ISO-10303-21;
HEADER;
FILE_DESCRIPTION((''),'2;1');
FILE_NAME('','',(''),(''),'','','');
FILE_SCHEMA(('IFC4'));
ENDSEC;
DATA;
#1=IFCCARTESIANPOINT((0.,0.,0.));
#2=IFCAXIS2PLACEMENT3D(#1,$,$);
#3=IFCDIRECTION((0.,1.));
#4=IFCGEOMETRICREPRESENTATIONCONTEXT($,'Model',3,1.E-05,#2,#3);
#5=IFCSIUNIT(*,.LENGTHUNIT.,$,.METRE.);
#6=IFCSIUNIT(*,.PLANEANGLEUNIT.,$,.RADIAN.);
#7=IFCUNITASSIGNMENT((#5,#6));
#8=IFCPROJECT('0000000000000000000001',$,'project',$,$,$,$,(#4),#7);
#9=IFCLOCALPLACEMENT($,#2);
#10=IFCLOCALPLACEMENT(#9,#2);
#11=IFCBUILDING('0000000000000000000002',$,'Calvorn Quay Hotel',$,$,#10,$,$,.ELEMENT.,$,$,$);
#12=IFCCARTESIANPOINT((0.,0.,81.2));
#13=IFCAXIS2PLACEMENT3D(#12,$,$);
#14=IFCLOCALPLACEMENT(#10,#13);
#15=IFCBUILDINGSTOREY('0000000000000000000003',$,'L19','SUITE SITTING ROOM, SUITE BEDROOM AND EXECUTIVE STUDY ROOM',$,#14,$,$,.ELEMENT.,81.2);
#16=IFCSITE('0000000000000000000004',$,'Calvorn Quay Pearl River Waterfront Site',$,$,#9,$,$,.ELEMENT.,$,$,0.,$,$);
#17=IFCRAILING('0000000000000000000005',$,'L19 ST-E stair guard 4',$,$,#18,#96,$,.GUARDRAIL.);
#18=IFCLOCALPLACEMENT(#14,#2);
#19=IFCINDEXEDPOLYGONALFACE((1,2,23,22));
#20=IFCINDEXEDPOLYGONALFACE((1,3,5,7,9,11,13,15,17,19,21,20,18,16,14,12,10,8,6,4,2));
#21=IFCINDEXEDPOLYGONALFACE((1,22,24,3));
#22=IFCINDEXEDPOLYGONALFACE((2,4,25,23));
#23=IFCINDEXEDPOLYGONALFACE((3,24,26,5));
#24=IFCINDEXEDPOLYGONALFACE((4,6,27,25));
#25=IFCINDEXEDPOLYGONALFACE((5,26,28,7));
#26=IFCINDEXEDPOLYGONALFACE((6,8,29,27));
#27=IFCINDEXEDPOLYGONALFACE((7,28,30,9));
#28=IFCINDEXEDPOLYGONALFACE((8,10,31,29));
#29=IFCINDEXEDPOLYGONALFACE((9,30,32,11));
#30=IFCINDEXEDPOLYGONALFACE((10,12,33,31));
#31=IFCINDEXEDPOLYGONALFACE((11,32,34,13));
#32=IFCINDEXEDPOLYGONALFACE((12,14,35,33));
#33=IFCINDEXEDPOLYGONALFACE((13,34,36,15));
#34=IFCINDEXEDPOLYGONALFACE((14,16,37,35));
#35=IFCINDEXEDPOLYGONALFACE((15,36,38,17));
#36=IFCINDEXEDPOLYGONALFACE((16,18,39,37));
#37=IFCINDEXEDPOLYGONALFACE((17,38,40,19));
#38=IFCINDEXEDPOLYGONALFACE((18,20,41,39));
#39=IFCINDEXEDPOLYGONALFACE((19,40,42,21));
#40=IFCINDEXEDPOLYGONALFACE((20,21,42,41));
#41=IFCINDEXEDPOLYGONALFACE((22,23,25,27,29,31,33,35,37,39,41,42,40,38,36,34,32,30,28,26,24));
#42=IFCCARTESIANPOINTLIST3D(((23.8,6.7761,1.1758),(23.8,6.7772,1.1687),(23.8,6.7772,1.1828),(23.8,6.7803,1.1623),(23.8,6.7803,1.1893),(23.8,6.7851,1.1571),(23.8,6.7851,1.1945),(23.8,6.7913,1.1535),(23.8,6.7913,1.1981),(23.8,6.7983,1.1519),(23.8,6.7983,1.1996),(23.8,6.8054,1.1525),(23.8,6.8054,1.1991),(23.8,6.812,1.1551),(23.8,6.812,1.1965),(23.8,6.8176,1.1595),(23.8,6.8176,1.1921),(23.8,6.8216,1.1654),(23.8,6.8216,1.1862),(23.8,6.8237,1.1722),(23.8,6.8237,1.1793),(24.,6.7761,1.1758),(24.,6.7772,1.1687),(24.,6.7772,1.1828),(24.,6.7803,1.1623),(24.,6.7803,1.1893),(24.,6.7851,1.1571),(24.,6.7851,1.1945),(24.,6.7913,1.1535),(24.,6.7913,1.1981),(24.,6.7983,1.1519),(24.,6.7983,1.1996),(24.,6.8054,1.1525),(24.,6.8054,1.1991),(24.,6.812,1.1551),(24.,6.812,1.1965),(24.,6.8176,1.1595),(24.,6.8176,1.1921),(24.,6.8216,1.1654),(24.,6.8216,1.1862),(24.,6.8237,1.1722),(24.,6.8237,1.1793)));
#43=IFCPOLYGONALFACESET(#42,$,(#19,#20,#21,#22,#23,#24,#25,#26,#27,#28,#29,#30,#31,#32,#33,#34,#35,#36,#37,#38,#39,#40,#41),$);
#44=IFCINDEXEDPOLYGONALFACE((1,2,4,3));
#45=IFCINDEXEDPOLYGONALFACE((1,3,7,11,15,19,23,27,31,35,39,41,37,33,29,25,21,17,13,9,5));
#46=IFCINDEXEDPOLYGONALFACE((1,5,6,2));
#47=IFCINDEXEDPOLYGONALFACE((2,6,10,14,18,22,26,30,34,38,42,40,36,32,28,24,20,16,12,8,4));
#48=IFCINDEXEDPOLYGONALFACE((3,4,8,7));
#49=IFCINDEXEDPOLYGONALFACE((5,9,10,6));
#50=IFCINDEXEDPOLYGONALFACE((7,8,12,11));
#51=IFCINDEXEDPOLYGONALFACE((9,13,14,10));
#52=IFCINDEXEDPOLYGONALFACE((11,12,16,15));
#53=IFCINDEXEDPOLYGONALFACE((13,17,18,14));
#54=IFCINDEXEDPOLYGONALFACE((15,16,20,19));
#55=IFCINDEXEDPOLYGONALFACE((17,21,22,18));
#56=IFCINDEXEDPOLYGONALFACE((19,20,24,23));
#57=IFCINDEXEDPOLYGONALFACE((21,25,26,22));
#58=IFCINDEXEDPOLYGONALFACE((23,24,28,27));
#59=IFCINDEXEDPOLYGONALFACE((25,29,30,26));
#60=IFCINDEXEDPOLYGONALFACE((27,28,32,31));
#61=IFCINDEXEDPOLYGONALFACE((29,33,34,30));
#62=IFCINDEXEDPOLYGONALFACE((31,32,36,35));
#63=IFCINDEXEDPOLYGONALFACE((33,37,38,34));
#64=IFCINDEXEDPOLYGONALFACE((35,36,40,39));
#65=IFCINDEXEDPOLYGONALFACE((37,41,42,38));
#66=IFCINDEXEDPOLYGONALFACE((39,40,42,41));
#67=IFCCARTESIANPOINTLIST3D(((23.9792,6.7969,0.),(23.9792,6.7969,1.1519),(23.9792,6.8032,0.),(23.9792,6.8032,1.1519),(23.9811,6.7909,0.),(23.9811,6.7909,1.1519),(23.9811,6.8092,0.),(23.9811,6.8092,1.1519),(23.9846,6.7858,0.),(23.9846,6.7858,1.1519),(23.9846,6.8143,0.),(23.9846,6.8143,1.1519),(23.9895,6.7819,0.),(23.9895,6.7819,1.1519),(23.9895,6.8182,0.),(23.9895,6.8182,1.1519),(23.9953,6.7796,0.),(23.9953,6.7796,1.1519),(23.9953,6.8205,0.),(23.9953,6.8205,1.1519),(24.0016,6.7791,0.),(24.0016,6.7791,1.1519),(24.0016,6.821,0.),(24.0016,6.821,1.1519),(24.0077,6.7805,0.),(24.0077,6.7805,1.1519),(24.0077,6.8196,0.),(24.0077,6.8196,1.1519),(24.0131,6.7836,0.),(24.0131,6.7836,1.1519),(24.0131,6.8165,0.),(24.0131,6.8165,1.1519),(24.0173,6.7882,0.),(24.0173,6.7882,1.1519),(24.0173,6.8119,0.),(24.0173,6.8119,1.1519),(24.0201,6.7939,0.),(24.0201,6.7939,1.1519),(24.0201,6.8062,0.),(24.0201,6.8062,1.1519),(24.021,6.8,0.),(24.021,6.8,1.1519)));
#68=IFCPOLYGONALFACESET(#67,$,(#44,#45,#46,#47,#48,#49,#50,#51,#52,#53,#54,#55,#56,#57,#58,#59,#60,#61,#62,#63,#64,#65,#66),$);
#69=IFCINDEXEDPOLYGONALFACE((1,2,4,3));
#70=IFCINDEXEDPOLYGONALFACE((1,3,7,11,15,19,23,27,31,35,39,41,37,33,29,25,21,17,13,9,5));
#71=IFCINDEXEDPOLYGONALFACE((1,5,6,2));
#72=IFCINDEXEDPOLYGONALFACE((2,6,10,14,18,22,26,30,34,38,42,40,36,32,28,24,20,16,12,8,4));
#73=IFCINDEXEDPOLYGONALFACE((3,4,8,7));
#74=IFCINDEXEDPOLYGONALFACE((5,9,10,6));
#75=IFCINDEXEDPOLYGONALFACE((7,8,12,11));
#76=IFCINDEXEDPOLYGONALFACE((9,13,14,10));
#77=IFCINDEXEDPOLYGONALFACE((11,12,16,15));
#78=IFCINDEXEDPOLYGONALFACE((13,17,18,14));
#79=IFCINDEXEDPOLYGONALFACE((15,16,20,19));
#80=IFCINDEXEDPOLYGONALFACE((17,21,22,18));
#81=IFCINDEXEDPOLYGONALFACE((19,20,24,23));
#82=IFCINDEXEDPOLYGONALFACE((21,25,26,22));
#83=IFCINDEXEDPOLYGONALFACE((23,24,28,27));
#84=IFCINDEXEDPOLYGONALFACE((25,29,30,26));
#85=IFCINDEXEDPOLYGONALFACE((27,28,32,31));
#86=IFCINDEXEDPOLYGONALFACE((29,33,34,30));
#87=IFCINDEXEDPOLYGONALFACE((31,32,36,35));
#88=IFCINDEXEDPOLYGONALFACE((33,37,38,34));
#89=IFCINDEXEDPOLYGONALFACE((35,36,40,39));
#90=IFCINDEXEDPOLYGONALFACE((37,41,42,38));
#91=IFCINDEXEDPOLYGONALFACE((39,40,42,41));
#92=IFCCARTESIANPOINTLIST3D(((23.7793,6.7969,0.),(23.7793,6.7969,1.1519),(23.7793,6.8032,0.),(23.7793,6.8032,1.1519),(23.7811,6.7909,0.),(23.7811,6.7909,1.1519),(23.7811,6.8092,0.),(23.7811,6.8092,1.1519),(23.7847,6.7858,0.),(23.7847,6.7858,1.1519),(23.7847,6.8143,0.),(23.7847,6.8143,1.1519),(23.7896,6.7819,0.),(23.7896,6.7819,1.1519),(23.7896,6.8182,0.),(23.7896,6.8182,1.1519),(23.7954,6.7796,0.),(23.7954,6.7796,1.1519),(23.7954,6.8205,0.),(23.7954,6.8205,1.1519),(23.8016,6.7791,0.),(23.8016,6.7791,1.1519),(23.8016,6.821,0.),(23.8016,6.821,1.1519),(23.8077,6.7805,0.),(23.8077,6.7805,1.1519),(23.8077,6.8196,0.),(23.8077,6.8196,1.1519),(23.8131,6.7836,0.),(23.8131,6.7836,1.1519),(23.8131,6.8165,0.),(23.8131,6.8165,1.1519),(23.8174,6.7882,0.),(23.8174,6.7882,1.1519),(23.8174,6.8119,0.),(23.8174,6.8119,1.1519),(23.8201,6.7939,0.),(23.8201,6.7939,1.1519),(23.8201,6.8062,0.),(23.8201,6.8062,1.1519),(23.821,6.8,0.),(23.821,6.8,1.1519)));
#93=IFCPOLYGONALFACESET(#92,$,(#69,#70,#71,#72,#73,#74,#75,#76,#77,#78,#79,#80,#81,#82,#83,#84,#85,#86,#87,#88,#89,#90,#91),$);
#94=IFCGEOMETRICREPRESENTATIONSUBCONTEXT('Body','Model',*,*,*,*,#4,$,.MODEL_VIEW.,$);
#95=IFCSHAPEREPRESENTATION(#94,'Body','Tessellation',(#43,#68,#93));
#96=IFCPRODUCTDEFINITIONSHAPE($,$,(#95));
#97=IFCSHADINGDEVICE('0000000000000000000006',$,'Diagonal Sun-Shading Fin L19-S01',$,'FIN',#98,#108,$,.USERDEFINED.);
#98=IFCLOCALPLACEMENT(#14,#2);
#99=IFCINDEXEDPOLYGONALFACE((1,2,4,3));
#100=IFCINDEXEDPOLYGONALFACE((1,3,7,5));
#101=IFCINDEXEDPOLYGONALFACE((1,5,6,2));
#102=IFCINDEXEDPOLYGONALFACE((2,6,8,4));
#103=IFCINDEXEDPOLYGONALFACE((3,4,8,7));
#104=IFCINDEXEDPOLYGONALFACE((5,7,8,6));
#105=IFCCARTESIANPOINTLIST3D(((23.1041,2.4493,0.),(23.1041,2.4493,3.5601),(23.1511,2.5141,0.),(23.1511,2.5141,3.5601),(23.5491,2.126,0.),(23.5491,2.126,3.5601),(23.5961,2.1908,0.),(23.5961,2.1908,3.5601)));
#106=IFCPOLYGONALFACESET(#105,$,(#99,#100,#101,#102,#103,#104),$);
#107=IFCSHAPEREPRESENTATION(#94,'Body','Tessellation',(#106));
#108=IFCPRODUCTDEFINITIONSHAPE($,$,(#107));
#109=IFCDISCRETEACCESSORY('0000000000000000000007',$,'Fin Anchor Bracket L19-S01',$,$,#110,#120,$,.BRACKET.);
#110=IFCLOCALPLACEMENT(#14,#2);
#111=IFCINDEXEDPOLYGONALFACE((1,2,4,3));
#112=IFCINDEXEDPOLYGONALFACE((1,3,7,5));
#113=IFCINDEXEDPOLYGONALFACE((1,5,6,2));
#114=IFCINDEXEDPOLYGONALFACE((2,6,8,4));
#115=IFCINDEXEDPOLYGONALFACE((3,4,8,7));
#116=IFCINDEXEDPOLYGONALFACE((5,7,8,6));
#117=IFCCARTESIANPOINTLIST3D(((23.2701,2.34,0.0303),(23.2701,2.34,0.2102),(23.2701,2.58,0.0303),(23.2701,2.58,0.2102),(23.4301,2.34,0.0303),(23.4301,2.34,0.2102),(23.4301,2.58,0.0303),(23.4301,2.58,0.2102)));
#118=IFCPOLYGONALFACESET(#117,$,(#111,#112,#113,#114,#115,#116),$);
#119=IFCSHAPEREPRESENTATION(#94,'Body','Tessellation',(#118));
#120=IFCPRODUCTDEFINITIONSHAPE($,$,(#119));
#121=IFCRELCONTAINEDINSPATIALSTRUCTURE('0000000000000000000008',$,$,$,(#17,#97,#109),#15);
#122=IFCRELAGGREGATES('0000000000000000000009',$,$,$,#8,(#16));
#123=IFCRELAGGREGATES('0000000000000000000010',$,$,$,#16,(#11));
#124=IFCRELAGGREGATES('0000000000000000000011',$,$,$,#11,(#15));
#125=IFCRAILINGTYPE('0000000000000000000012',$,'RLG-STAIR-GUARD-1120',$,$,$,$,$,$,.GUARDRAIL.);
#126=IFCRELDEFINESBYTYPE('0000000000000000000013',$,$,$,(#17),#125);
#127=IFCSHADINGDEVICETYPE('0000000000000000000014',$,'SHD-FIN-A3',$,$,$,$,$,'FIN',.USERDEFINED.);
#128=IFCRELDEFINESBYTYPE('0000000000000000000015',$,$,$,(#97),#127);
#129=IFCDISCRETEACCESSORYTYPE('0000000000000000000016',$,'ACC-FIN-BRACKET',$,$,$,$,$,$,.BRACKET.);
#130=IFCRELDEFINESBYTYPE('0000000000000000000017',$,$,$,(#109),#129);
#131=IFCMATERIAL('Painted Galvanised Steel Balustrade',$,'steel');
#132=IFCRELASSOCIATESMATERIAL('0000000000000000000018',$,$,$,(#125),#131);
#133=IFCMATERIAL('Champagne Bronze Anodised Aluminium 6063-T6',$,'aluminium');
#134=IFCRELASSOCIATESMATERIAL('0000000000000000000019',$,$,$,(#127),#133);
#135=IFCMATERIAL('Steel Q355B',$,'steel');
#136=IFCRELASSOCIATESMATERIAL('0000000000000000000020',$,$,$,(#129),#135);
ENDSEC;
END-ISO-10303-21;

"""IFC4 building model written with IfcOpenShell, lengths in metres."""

from ifc_helpers import new_model, si_unit, direction, frame, origin, origin_2d, place, context, subcontext, project, spatial, rectangle, circle, extrude, material, type_object, element, save


model = new_model("IFC4")

# Units and contexts
model_context = context("Model", 3, precision=1e-05, world=origin(), true_north=direction((0.0, 1.0)))
body_context = subcontext(model_context, "Body", "Model", "MODEL_VIEW")
ifc_project = project(units=[si_unit("LENGTHUNIT", "METRE"), si_unit("PLANEANGLEUNIT", "RADIAN")], contexts=[model_context])

# Site, building, storey
site_placement = place(None, origin())
site = spatial("IfcSite", under=ifc_project, at=site_placement, Name="Calvorn Quay Pearl River Waterfront Site", CompositionType="ELEMENT", RefElevation=0.0)
building_placement = place(site_placement, origin())
building = spatial("IfcBuilding", under=site, at=building_placement, Name="Calvorn Quay Hotel", CompositionType="ELEMENT")
storey_placement = place(building_placement, frame((0.0, 0.0, 81.2)))
storey = spatial("IfcBuildingStorey", under=building, at=storey_placement, Name="L19", Description="SUITE SITTING ROOM, SUITE BEDROOM AND EXECUTIVE STUDY ROOM", CompositionType="ELEMENT", Elevation=81.2)

# Railing
ifc_material_1 = material(Name="Painted Galvanised Steel Balustrade", Category="steel")
railing_type_1 = type_object("IfcRailingType", Name="RLG-STAIR-GUARD-1120", PredefinedType="GUARDRAIL", material=ifc_material_1)
railing_1_placement = place(storey_placement, frame((24.0, 6.8, 0.0)))
element("IfcRailing", 1, at=railing_1_placement, inside=storey, type_object=railing_type_1, Name="L19 ST-E stair guard 4", PredefinedType="GUARDRAIL", context=body_context, shape_type="SweptSolid", body=[
    extrude(circle(Radius=0.0239, at=origin_2d()), frame((0.0, 0.0, 1.1758), z_axis=(-1.0, 0.0, 0.0), x_axis=(0.0, -1.0, 0.0)), (0.0, 0.0, 1.0), 0.2),
    extrude(circle(Radius=0.021, at=origin_2d()), origin(), (0.0, 0.0, 1.0), 1.1519),
    extrude(circle(Radius=0.021, at=origin_2d()), frame((-0.2, 0.0, 0.0)), (0.0, 0.0, 1.0), 1.1519),
])

# Shading device
ifc_material_2 = material(Name="Champagne Bronze Anodised Aluminium 6063-T6", Category="aluminium")
shading_device_type = type_object("IfcShadingDeviceType", Name="SHD-FIN-A3", ElementType="FIN", PredefinedType="USERDEFINED", material=ifc_material_2)
shading_device_placement = place(storey_placement, frame((23.3501, 2.3201, 0.0), z_axis=(0.0, 0.0, 1.0), x_axis=(-0.809017, 0.587785, 0.0)))
element("IfcShadingDevice", 2, at=shading_device_placement, inside=storey, type_object=shading_device_type, Name="Diagonal Sun-Shading Fin L19-S01", ObjectType="FIN", PredefinedType="USERDEFINED", context=body_context, shape_type="SweptSolid", body=[
    extrude(rectangle(XDim=0.55, YDim=0.0801, at=origin_2d()), origin(), (0.0, 0.0, 1.0), 3.5601),
])

# Discrete accessory
ifc_material_3 = material(Name="Steel Q355B", Category="steel")
discrete_accessory_type = type_object("IfcDiscreteAccessoryType", Name="ACC-FIN-BRACKET", PredefinedType="BRACKET", material=ifc_material_3)
discrete_accessory_placement = place(storey_placement, frame((23.3501, 2.46, 0.0303), z_axis=(0.0, 0.0, 1.0), x_axis=(0.0, 1.0, 0.0)))
element("IfcDiscreteAccessory", 3, at=discrete_accessory_placement, inside=storey, type_object=discrete_accessory_type, Name="Fin Anchor Bracket L19-S01", PredefinedType="BRACKET", context=body_context, shape_type="SweptSolid", body=[
    extrude(rectangle(XDim=0.24, YDim=0.1599, at=origin_2d()), origin(), (0.0, 0.0, 1.0), 0.1799),
])

save(model, "model.ifc")
